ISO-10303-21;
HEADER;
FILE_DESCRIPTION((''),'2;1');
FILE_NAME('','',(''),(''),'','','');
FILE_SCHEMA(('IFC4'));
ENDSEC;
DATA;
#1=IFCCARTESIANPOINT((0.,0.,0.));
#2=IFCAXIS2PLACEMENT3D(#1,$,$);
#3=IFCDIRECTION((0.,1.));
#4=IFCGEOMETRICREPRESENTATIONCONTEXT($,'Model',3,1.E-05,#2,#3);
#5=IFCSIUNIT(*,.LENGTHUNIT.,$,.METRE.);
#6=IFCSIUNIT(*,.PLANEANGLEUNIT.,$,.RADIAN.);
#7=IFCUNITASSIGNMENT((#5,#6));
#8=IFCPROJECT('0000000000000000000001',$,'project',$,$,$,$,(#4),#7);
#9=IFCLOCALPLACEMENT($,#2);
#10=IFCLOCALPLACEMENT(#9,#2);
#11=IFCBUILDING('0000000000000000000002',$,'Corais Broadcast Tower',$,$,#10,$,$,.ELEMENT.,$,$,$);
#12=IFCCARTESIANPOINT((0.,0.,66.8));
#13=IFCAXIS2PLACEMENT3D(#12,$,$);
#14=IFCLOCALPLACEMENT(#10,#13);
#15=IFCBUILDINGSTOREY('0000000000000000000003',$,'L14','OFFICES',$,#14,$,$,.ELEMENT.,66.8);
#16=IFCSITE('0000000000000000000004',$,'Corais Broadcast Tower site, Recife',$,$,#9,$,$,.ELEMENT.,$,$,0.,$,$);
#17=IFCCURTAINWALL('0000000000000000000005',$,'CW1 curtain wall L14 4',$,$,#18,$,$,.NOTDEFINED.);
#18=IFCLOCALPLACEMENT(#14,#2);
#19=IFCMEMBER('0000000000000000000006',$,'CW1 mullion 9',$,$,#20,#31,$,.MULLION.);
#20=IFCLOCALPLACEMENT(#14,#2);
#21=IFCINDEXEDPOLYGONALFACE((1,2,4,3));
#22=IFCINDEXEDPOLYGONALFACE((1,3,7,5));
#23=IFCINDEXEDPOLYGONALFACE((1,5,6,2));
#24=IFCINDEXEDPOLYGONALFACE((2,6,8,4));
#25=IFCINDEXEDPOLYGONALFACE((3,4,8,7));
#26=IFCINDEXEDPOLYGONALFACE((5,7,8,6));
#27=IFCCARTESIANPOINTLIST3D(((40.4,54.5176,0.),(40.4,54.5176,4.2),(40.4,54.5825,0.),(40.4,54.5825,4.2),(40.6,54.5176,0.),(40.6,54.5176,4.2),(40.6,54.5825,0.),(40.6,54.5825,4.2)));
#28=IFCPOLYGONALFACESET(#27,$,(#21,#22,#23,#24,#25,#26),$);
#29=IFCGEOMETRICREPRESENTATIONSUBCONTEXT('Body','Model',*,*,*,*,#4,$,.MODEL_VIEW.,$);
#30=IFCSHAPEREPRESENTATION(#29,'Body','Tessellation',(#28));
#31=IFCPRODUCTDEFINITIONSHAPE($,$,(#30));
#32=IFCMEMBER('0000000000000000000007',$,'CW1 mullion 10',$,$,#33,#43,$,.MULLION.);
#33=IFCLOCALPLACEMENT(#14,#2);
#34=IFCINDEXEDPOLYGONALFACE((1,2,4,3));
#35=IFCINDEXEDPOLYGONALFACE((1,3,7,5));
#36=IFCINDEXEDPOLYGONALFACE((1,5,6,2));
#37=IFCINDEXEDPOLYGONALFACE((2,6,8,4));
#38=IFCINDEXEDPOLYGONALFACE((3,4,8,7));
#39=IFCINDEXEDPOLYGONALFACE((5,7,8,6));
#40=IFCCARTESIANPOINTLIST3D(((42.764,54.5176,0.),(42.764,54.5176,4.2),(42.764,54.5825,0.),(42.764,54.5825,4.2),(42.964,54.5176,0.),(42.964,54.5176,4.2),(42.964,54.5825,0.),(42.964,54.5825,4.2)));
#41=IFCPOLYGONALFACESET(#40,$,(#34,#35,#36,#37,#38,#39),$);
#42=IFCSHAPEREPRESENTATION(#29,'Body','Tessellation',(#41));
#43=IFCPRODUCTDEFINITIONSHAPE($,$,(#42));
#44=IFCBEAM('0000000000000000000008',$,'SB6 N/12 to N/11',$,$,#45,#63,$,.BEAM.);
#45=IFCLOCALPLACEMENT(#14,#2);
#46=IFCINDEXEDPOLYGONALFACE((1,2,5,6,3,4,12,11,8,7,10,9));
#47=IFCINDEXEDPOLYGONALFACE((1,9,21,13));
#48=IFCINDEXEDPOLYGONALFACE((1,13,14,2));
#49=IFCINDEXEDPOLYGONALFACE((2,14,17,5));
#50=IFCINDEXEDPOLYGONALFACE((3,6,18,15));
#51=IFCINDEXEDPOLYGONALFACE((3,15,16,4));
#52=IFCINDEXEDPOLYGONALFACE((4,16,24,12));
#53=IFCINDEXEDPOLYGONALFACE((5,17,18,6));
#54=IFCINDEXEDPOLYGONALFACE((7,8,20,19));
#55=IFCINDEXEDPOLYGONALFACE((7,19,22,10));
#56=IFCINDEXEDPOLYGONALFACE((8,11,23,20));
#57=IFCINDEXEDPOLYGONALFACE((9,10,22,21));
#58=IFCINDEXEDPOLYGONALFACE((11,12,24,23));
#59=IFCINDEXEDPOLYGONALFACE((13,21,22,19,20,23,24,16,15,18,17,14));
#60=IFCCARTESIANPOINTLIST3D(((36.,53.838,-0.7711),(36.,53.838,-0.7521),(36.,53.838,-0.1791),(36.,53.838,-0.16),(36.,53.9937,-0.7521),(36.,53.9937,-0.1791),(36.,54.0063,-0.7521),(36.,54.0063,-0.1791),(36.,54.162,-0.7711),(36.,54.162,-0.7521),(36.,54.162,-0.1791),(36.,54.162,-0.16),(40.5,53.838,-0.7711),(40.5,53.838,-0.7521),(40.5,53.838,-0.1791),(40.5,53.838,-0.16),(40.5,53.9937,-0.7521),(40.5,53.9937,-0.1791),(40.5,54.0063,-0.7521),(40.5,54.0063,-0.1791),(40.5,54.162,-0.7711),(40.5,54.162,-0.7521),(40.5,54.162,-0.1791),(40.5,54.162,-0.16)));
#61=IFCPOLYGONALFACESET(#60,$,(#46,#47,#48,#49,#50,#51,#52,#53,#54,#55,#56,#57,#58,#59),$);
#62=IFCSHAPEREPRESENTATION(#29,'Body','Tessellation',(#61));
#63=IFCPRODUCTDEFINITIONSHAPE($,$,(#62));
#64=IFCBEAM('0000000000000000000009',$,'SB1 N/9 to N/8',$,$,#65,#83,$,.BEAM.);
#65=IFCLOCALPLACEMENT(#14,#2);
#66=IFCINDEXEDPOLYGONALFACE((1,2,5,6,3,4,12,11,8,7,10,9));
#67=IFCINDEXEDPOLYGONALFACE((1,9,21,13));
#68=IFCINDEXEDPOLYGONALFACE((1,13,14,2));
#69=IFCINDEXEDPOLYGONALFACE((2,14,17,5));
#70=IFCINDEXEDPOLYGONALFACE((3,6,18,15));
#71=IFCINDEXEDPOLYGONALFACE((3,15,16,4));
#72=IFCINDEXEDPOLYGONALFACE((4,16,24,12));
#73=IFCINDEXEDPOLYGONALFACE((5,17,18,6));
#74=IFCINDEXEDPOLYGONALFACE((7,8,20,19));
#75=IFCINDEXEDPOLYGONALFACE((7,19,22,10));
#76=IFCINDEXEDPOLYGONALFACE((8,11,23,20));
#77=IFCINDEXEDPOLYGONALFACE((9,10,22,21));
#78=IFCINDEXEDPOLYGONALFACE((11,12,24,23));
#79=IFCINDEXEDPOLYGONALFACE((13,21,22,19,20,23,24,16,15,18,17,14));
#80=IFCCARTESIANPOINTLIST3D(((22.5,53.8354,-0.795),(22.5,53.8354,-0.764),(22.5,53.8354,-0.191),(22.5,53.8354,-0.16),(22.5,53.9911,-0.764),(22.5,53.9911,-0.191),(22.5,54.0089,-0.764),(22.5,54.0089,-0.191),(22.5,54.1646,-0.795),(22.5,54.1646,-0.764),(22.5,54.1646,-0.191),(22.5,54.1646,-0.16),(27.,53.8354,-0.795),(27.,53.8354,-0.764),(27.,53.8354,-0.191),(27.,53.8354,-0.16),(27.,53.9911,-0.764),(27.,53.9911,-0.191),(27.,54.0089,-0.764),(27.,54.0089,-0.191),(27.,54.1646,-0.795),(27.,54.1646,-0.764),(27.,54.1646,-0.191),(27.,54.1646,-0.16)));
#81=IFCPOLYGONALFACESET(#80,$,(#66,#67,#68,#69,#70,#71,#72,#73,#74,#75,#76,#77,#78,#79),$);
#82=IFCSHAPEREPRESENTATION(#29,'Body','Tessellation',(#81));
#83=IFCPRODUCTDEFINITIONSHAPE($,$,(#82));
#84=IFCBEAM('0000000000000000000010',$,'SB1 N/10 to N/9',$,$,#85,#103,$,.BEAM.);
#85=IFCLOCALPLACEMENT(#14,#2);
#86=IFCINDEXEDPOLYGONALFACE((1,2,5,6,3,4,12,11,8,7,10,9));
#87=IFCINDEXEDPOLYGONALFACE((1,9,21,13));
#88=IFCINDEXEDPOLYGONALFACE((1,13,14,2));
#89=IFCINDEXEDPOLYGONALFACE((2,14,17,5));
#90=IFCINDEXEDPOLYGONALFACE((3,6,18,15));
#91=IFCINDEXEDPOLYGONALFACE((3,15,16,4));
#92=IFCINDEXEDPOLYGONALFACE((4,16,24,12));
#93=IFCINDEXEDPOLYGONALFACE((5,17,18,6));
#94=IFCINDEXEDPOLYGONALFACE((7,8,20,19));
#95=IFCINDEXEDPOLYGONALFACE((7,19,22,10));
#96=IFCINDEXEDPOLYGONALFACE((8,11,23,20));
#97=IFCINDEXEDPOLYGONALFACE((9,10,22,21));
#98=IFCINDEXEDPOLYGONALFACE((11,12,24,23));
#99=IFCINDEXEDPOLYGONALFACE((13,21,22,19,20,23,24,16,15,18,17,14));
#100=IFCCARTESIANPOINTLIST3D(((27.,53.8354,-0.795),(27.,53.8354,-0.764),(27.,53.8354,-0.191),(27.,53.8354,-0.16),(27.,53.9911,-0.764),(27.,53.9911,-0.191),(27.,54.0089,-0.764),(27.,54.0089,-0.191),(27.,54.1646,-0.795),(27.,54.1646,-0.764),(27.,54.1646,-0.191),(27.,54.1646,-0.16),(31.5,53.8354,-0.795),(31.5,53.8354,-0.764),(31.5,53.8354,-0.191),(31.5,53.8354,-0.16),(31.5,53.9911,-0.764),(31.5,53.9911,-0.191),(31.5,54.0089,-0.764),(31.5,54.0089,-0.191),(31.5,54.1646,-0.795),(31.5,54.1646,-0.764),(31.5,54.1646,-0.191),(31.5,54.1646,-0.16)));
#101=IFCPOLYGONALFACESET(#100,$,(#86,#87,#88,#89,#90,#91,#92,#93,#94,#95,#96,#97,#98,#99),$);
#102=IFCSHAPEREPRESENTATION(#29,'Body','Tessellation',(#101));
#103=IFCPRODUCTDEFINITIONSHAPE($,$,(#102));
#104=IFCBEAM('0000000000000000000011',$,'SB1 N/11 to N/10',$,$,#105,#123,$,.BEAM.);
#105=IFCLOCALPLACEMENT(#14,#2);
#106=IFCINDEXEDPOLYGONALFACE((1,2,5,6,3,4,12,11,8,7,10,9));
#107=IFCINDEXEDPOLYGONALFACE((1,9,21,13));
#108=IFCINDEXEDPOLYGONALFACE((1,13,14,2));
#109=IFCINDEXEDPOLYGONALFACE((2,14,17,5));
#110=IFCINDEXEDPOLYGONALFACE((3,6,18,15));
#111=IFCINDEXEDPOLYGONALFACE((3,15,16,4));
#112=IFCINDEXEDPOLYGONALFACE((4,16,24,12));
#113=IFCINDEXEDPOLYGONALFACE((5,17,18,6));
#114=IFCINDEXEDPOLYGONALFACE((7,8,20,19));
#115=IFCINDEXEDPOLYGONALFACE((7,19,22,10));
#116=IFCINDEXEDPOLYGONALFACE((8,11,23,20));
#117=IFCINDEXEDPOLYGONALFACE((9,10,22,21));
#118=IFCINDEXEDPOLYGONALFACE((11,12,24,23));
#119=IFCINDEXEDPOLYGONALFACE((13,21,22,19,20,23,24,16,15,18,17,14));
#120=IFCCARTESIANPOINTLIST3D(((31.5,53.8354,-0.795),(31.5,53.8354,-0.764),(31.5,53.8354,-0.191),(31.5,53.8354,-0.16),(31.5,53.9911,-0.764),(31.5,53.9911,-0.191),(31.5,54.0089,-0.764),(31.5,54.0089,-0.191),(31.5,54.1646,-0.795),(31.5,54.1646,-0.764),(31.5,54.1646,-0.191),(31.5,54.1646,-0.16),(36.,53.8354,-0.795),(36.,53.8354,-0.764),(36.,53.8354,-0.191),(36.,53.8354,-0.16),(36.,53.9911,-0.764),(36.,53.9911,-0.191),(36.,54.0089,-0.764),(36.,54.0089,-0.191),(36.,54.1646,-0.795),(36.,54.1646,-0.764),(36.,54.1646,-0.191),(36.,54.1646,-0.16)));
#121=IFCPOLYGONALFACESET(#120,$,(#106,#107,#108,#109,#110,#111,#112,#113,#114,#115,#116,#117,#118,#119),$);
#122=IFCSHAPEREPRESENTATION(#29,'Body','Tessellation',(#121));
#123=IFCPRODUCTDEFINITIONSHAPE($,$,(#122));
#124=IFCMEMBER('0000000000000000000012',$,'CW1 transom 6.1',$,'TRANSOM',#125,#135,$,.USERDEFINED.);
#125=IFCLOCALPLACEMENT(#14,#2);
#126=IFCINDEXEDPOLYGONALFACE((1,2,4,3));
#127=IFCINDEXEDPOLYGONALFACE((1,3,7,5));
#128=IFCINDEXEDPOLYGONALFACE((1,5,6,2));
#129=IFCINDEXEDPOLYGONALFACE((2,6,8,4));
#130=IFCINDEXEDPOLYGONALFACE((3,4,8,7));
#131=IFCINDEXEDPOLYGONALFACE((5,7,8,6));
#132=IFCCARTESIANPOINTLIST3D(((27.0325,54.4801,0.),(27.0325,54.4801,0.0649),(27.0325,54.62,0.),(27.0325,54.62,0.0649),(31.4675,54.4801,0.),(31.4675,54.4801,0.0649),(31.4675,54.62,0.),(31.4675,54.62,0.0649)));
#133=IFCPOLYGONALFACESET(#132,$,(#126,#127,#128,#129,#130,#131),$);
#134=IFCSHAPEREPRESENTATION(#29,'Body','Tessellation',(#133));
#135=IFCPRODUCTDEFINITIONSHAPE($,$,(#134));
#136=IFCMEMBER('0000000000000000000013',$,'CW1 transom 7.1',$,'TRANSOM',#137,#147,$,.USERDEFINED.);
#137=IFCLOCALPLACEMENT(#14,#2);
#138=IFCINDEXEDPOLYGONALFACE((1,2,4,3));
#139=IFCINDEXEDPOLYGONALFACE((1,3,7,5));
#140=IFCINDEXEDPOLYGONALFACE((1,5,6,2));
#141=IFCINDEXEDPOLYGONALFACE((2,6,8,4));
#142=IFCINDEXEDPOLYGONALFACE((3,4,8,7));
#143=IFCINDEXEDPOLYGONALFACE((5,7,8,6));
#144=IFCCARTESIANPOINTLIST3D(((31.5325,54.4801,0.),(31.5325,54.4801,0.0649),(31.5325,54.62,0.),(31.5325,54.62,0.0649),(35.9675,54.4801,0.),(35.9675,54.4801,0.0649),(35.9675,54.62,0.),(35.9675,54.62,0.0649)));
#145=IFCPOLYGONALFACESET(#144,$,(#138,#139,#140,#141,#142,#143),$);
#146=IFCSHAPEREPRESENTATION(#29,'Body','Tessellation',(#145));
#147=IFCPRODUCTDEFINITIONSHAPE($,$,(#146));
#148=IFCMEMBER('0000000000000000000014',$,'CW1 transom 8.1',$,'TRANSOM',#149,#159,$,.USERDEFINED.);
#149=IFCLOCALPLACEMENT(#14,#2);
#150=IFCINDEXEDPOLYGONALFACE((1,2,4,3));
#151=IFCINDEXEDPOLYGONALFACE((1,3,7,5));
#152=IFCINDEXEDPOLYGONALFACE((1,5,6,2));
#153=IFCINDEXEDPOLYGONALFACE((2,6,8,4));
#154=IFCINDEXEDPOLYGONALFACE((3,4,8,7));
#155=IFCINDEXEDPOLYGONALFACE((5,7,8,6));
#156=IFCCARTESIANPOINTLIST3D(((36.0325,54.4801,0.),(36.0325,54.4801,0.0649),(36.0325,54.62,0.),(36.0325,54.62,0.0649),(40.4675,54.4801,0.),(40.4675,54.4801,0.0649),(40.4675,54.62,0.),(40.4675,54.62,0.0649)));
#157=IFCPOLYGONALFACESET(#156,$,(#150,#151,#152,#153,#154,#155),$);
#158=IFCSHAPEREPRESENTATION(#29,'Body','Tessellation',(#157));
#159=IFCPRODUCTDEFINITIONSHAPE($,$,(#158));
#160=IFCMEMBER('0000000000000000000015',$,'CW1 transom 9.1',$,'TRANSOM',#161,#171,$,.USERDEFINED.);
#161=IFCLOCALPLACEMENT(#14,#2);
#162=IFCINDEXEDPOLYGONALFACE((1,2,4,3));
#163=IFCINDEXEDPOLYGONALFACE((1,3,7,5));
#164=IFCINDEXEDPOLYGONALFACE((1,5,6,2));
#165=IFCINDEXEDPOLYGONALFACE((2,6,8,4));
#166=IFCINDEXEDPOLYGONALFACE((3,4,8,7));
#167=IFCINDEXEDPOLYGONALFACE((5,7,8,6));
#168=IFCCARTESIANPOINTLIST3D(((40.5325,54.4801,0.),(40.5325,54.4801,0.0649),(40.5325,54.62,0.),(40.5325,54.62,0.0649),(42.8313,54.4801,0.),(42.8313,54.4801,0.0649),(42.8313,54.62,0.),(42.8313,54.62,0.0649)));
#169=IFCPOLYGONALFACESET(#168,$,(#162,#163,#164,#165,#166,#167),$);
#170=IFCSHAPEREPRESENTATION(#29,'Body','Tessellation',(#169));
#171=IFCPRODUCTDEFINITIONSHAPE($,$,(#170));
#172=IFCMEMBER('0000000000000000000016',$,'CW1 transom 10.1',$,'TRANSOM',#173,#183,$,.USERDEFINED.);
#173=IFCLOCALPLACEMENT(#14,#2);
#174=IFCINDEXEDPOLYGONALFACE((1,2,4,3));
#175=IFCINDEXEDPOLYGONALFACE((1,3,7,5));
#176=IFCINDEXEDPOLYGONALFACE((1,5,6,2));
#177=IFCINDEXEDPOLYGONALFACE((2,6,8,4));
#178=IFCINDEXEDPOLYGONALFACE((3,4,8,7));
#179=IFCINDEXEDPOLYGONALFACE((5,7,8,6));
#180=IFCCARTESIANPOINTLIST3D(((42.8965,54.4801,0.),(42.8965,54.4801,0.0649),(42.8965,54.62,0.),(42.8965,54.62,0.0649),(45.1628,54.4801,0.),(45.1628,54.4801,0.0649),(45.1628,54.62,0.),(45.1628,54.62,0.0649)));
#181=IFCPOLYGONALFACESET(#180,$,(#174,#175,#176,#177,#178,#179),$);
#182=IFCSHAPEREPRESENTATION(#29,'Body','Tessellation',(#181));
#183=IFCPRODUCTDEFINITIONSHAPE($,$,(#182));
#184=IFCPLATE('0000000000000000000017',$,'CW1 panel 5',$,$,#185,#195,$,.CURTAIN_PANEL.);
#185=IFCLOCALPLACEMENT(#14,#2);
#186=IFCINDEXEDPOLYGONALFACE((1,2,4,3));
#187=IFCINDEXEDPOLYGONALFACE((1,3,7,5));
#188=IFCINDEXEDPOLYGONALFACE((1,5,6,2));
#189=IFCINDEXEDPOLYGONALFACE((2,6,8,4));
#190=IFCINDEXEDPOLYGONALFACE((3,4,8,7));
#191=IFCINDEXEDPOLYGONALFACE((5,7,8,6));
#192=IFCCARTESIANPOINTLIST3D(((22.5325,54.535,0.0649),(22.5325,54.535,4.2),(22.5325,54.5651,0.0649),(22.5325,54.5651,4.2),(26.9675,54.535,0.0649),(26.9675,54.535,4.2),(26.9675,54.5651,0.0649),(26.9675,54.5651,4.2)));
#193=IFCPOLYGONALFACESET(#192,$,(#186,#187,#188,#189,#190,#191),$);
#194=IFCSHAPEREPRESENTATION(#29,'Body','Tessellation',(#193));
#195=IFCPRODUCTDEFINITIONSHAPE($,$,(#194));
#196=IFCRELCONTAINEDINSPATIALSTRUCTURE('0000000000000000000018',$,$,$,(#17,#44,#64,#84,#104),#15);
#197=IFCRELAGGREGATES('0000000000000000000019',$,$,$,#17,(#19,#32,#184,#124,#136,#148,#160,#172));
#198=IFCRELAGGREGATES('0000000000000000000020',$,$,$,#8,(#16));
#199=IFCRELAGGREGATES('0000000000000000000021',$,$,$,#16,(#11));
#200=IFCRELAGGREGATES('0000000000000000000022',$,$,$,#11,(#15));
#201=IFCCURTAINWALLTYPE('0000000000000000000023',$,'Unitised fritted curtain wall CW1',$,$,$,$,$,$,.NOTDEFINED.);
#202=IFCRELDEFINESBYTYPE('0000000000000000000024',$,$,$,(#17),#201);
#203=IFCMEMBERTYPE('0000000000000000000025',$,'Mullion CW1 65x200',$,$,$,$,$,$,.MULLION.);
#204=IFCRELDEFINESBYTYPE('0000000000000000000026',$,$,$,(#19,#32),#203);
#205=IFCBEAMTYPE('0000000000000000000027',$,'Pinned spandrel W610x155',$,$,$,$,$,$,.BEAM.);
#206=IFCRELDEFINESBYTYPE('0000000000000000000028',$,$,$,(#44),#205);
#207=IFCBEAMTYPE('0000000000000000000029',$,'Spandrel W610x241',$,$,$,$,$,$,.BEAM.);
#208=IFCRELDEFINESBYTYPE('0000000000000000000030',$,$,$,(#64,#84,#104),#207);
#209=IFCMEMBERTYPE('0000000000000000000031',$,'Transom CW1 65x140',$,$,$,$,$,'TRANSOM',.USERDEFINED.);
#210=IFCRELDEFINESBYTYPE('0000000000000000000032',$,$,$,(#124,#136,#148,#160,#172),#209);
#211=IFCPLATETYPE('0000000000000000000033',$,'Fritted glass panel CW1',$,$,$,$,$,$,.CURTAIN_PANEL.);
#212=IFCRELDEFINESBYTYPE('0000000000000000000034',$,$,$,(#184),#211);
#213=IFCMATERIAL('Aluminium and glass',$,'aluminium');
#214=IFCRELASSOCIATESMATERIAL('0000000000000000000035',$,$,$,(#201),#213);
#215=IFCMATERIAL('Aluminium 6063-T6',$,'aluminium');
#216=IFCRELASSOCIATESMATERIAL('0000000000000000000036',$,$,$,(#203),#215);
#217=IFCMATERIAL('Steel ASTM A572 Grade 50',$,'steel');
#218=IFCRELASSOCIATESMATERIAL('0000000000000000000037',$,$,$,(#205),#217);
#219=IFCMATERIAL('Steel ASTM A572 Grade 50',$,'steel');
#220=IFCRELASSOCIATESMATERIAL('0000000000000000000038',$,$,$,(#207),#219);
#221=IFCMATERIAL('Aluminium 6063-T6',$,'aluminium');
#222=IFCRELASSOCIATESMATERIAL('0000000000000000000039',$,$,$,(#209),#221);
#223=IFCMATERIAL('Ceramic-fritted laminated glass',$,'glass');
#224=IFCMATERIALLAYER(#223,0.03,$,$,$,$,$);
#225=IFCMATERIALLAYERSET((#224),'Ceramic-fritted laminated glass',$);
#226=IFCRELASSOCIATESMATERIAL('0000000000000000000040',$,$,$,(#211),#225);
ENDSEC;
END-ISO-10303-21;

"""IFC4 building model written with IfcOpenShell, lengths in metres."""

from ifc_helpers import new_model, si_unit, direction, frame, origin, origin_2d, place, context, subcontext, project, spatial, rectangle, i_section, extrude, material, layer, layer_set, material_profile, profile_set, type_object, element, aggregate, save


model = new_model("IFC4")

# Units and contexts
model_context = context("Model", 3, precision=1e-05, world=origin(), true_north=direction((0.0, 1.0)))
body_context = subcontext(model_context, "Body", "Model", "MODEL_VIEW")
ifc_project = project(units=[si_unit("LENGTHUNIT", "METRE"), si_unit("PLANEANGLEUNIT", "RADIAN")], contexts=[model_context])

# Site, building, storey
site_placement = place(None, origin())
site = spatial("IfcSite", under=ifc_project, at=site_placement, Name="Corais Broadcast Tower site, Recife", CompositionType="ELEMENT", RefElevation=0.0)
building_placement = place(site_placement, origin())
building = spatial("IfcBuilding", under=site, at=building_placement, Name="Corais Broadcast Tower", CompositionType="ELEMENT")
storey_placement = place(building_placement, frame((0.0, 0.0, 66.8)))
storey = spatial("IfcBuildingStorey", under=building, at=storey_placement, Name="L14", Description="OFFICES", CompositionType="ELEMENT", Elevation=66.8)

# Curtain wall, members
ifc_material_1 = material(Name="Aluminium and glass", Category="aluminium")
curtain_wall_type = type_object("IfcCurtainWallType", Name="Unitised fritted curtain wall CW1", PredefinedType="NOTDEFINED", material=ifc_material_1)
curtain_wall_placement = place(storey_placement, origin())
curtain_wall = element("IfcCurtainWall", 1, at=curtain_wall_placement, inside=storey, type_object=curtain_wall_type, Name="CW1 curtain wall L14 4", PredefinedType="NOTDEFINED")
ifc_material_2 = material(Name="Aluminium 6063-T6", Category="aluminium")
ifc_material_profile_1 = material_profile(ifc_material_2, rectangle(XDim=0.0649, YDim=0.2, at=origin_2d()), Name="Mullion CW1 65x200")
ifc_profile_set_1 = profile_set([ifc_material_profile_1], Name="Aluminium 6063-T6")
member_type_1 = type_object("IfcMemberType", Name="Mullion CW1 65x200", PredefinedType="MULLION", material=ifc_profile_set_1)
member_1_placement = place(storey_placement, frame((40.5, 54.55, 0.0), z_axis=(0.0, 0.0, 1.0), x_axis=(0.0, 1.0, 0.0)))
member_1 = element("IfcMember", 2, at=member_1_placement, type_object=member_type_1, Name="CW1 mullion 9", PredefinedType="MULLION", context=body_context, shape_type="SweptSolid", body=[
    extrude(rectangle(XDim=0.0649, YDim=0.2, at=origin_2d()), origin(), (0.0, 0.0, 1.0), 4.2),
])
member_2_placement = place(storey_placement, frame((42.864, 54.55, 0.0), z_axis=(0.0, 0.0, 1.0), x_axis=(0.0, 1.0, 0.0)))
member_2 = element("IfcMember", 3, at=member_2_placement, type_object=member_type_1, Name="CW1 mullion 10", PredefinedType="MULLION", context=body_context, shape_type="SweptSolid", body=[
    extrude(rectangle(XDim=0.0649, YDim=0.2, at=origin_2d()), origin(), (0.0, 0.0, 1.0), 4.2),
])

# Beams
ifc_material_3 = material(Name="Steel ASTM A572 Grade 50", Category="steel")
ifc_material_profile_2 = material_profile(ifc_material_3, i_section(OverallWidth=0.324, OverallDepth=0.6111, WebThickness=0.0127, FlangeThickness=0.019, at=origin_2d()), Name="W610x155")
ifc_profile_set_2 = profile_set([ifc_material_profile_2], Name="Steel ASTM A572 Grade 50")
beam_type_1 = type_object("IfcBeamType", Name="Pinned spandrel W610x155", PredefinedType="BEAM", material=ifc_profile_set_2)
beam_placement = place(storey_placement, frame((40.5, 54.0, -0.4656), z_axis=(-1.0, 0.0, 0.0), x_axis=(0.0, -1.0, 0.0)))
element("IfcBeam", 4, at=beam_placement, inside=storey, type_object=beam_type_1, Name="SB6 N/12 to N/11", PredefinedType="BEAM", context=body_context, shape_type="SweptSolid", body=[
    extrude(i_section(OverallWidth=0.324, OverallDepth=0.6111, WebThickness=0.0127, FlangeThickness=0.019, at=origin_2d()), origin(), (0.0, 0.0, 1.0), 4.5),
])
ifc_material_4 = material(Name="Steel ASTM A572 Grade 50", Category="steel")
ifc_material_profile_3 = material_profile(ifc_material_4, i_section(OverallWidth=0.3291, OverallDepth=0.635, WebThickness=0.0178, FlangeThickness=0.031, at=origin_2d()), Name="W610x241")
ifc_profile_set_3 = profile_set([ifc_material_profile_3], Name="Steel ASTM A572 Grade 50")
beam_type_2 = type_object("IfcBeamType", Name="Spandrel W610x241", PredefinedType="BEAM", material=ifc_profile_set_3)
for number, where, z_axis, x_axis, name in (
    (5, (27.0, 54.0, -0.4775), (-1.0, 0.0, 0.0), (0.0, -1.0, 0.0), "SB1 N/9 to N/8"),
    (6, (31.5, 54.0, -0.4775), (-1.0, 0.0, 0.0), (0.0, -1.0, 0.0), "SB1 N/10 to N/9"),
    (7, (36.0, 54.0, -0.4775), (-1.0, 0.0, 0.0), (0.0, -1.0, 0.0), "SB1 N/11 to N/10"),
):
    element("IfcBeam", number, at=place(storey_placement, frame(where, z_axis=z_axis, x_axis=x_axis)), inside=storey, type_object=beam_type_2, Name=name, PredefinedType="BEAM", context=body_context, shape_type="SweptSolid", body=[
        extrude(i_section(OverallWidth=0.3291, OverallDepth=0.635, WebThickness=0.0178, FlangeThickness=0.031, at=origin_2d()), origin(), (0.0, 0.0, 1.0), 4.5),
    ])

# Members
ifc_material_5 = material(Name="Aluminium 6063-T6", Category="aluminium")
ifc_material_profile_4 = material_profile(ifc_material_5, rectangle(XDim=0.1399, YDim=0.0649, at=origin_2d()), Name="Transom CW1 65x140")
ifc_profile_set_4 = profile_set([ifc_material_profile_4], Name="Aluminium 6063-T6")
member_type_2 = type_object("IfcMemberType", Name="Transom CW1 65x140", ElementType="TRANSOM", PredefinedType="USERDEFINED", material=ifc_profile_set_4)
member_3_placement = place(storey_placement, frame((27.0325, 54.55, 0.0325), z_axis=(1.0, 0.0, 0.0), x_axis=(0.0, 1.0, 0.0)))
member_3 = element("IfcMember", 8, at=member_3_placement, type_object=member_type_2, Name="CW1 transom 6.1", ObjectType="TRANSOM", PredefinedType="USERDEFINED", context=body_context, shape_type="SweptSolid", body=[
    extrude(rectangle(XDim=0.1399, YDim=0.0649, at=origin_2d()), origin(), (0.0, 0.0, 1.0), 4.4351),
])
member_4_placement = place(storey_placement, frame((31.5325, 54.55, 0.0325), z_axis=(1.0, 0.0, 0.0), x_axis=(0.0, 1.0, 0.0)))
member_4 = element("IfcMember", 9, at=member_4_placement, type_object=member_type_2, Name="CW1 transom 7.1", ObjectType="TRANSOM", PredefinedType="USERDEFINED", context=body_context, shape_type="SweptSolid", body=[
    extrude(rectangle(XDim=0.1399, YDim=0.0649, at=origin_2d()), origin(), (0.0, 0.0, 1.0), 4.4351),
])
member_5_placement = place(storey_placement, frame((36.0325, 54.55, 0.0325), z_axis=(1.0, 0.0, 0.0), x_axis=(0.0, 1.0, 0.0)))
member_5 = element("IfcMember", 10, at=member_5_placement, type_object=member_type_2, Name="CW1 transom 8.1", ObjectType="TRANSOM", PredefinedType="USERDEFINED", context=body_context, shape_type="SweptSolid", body=[
    extrude(rectangle(XDim=0.1399, YDim=0.0649, at=origin_2d()), origin(), (0.0, 0.0, 1.0), 4.4351),
])
member_6_placement = place(storey_placement, frame((40.5325, 54.55, 0.0325), z_axis=(1.0, 0.0, 0.0), x_axis=(0.0, 1.0, 0.0)))
member_6 = element("IfcMember", 11, at=member_6_placement, type_object=member_type_2, Name="CW1 transom 9.1", ObjectType="TRANSOM", PredefinedType="USERDEFINED", context=body_context, shape_type="SweptSolid", body=[
    extrude(rectangle(XDim=0.1399, YDim=0.0649, at=origin_2d()), origin(), (0.0, 0.0, 1.0), 2.2988),
])
member_7_placement = place(storey_placement, frame((42.8965, 54.55, 0.0325), z_axis=(1.0, 0.0, 0.0), x_axis=(0.0, 1.0, 0.0)))
member_7 = element("IfcMember", 12, at=member_7_placement, type_object=member_type_2, Name="CW1 transom 10.1", ObjectType="TRANSOM", PredefinedType="USERDEFINED", context=body_context, shape_type="SweptSolid", body=[
    extrude(rectangle(XDim=0.1399, YDim=0.0649, at=origin_2d()), origin(), (0.0, 0.0, 1.0), 2.2664),
])

# Plate
ifc_material_6 = material(Name="Ceramic-fritted laminated glass", Category="glass")
ifc_layer_1 = layer(ifc_material_6, 0.03)
ifc_layer_set_1 = layer_set([ifc_layer_1], Name="Ceramic-fritted laminated glass")
plate_type_1 = type_object("IfcPlateType", Name="Fritted glass panel CW1", PredefinedType="CURTAIN_PANEL", material=ifc_layer_set_1)
plate_1_placement = place(storey_placement, frame((24.75, 54.55, 0.0649), z_axis=(0.0, 0.0, 1.0), x_axis=(1.0, 0.0, 0.0)))
plate_1 = element("IfcPlate", 13, at=plate_1_placement, type_object=plate_type_1, Name="CW1 panel 5", PredefinedType="CURTAIN_PANEL", context=body_context, shape_type="SweptSolid", body=[
    extrude(rectangle(XDim=4.4351, YDim=0.03, at=origin_2d()), origin(), (0.0, 0.0, 1.0), 4.135),
])
aggregate(curtain_wall, [member_1, member_2, plate_1, member_3, member_4, member_5, member_6, member_7])

save(model, "model.ifc")
